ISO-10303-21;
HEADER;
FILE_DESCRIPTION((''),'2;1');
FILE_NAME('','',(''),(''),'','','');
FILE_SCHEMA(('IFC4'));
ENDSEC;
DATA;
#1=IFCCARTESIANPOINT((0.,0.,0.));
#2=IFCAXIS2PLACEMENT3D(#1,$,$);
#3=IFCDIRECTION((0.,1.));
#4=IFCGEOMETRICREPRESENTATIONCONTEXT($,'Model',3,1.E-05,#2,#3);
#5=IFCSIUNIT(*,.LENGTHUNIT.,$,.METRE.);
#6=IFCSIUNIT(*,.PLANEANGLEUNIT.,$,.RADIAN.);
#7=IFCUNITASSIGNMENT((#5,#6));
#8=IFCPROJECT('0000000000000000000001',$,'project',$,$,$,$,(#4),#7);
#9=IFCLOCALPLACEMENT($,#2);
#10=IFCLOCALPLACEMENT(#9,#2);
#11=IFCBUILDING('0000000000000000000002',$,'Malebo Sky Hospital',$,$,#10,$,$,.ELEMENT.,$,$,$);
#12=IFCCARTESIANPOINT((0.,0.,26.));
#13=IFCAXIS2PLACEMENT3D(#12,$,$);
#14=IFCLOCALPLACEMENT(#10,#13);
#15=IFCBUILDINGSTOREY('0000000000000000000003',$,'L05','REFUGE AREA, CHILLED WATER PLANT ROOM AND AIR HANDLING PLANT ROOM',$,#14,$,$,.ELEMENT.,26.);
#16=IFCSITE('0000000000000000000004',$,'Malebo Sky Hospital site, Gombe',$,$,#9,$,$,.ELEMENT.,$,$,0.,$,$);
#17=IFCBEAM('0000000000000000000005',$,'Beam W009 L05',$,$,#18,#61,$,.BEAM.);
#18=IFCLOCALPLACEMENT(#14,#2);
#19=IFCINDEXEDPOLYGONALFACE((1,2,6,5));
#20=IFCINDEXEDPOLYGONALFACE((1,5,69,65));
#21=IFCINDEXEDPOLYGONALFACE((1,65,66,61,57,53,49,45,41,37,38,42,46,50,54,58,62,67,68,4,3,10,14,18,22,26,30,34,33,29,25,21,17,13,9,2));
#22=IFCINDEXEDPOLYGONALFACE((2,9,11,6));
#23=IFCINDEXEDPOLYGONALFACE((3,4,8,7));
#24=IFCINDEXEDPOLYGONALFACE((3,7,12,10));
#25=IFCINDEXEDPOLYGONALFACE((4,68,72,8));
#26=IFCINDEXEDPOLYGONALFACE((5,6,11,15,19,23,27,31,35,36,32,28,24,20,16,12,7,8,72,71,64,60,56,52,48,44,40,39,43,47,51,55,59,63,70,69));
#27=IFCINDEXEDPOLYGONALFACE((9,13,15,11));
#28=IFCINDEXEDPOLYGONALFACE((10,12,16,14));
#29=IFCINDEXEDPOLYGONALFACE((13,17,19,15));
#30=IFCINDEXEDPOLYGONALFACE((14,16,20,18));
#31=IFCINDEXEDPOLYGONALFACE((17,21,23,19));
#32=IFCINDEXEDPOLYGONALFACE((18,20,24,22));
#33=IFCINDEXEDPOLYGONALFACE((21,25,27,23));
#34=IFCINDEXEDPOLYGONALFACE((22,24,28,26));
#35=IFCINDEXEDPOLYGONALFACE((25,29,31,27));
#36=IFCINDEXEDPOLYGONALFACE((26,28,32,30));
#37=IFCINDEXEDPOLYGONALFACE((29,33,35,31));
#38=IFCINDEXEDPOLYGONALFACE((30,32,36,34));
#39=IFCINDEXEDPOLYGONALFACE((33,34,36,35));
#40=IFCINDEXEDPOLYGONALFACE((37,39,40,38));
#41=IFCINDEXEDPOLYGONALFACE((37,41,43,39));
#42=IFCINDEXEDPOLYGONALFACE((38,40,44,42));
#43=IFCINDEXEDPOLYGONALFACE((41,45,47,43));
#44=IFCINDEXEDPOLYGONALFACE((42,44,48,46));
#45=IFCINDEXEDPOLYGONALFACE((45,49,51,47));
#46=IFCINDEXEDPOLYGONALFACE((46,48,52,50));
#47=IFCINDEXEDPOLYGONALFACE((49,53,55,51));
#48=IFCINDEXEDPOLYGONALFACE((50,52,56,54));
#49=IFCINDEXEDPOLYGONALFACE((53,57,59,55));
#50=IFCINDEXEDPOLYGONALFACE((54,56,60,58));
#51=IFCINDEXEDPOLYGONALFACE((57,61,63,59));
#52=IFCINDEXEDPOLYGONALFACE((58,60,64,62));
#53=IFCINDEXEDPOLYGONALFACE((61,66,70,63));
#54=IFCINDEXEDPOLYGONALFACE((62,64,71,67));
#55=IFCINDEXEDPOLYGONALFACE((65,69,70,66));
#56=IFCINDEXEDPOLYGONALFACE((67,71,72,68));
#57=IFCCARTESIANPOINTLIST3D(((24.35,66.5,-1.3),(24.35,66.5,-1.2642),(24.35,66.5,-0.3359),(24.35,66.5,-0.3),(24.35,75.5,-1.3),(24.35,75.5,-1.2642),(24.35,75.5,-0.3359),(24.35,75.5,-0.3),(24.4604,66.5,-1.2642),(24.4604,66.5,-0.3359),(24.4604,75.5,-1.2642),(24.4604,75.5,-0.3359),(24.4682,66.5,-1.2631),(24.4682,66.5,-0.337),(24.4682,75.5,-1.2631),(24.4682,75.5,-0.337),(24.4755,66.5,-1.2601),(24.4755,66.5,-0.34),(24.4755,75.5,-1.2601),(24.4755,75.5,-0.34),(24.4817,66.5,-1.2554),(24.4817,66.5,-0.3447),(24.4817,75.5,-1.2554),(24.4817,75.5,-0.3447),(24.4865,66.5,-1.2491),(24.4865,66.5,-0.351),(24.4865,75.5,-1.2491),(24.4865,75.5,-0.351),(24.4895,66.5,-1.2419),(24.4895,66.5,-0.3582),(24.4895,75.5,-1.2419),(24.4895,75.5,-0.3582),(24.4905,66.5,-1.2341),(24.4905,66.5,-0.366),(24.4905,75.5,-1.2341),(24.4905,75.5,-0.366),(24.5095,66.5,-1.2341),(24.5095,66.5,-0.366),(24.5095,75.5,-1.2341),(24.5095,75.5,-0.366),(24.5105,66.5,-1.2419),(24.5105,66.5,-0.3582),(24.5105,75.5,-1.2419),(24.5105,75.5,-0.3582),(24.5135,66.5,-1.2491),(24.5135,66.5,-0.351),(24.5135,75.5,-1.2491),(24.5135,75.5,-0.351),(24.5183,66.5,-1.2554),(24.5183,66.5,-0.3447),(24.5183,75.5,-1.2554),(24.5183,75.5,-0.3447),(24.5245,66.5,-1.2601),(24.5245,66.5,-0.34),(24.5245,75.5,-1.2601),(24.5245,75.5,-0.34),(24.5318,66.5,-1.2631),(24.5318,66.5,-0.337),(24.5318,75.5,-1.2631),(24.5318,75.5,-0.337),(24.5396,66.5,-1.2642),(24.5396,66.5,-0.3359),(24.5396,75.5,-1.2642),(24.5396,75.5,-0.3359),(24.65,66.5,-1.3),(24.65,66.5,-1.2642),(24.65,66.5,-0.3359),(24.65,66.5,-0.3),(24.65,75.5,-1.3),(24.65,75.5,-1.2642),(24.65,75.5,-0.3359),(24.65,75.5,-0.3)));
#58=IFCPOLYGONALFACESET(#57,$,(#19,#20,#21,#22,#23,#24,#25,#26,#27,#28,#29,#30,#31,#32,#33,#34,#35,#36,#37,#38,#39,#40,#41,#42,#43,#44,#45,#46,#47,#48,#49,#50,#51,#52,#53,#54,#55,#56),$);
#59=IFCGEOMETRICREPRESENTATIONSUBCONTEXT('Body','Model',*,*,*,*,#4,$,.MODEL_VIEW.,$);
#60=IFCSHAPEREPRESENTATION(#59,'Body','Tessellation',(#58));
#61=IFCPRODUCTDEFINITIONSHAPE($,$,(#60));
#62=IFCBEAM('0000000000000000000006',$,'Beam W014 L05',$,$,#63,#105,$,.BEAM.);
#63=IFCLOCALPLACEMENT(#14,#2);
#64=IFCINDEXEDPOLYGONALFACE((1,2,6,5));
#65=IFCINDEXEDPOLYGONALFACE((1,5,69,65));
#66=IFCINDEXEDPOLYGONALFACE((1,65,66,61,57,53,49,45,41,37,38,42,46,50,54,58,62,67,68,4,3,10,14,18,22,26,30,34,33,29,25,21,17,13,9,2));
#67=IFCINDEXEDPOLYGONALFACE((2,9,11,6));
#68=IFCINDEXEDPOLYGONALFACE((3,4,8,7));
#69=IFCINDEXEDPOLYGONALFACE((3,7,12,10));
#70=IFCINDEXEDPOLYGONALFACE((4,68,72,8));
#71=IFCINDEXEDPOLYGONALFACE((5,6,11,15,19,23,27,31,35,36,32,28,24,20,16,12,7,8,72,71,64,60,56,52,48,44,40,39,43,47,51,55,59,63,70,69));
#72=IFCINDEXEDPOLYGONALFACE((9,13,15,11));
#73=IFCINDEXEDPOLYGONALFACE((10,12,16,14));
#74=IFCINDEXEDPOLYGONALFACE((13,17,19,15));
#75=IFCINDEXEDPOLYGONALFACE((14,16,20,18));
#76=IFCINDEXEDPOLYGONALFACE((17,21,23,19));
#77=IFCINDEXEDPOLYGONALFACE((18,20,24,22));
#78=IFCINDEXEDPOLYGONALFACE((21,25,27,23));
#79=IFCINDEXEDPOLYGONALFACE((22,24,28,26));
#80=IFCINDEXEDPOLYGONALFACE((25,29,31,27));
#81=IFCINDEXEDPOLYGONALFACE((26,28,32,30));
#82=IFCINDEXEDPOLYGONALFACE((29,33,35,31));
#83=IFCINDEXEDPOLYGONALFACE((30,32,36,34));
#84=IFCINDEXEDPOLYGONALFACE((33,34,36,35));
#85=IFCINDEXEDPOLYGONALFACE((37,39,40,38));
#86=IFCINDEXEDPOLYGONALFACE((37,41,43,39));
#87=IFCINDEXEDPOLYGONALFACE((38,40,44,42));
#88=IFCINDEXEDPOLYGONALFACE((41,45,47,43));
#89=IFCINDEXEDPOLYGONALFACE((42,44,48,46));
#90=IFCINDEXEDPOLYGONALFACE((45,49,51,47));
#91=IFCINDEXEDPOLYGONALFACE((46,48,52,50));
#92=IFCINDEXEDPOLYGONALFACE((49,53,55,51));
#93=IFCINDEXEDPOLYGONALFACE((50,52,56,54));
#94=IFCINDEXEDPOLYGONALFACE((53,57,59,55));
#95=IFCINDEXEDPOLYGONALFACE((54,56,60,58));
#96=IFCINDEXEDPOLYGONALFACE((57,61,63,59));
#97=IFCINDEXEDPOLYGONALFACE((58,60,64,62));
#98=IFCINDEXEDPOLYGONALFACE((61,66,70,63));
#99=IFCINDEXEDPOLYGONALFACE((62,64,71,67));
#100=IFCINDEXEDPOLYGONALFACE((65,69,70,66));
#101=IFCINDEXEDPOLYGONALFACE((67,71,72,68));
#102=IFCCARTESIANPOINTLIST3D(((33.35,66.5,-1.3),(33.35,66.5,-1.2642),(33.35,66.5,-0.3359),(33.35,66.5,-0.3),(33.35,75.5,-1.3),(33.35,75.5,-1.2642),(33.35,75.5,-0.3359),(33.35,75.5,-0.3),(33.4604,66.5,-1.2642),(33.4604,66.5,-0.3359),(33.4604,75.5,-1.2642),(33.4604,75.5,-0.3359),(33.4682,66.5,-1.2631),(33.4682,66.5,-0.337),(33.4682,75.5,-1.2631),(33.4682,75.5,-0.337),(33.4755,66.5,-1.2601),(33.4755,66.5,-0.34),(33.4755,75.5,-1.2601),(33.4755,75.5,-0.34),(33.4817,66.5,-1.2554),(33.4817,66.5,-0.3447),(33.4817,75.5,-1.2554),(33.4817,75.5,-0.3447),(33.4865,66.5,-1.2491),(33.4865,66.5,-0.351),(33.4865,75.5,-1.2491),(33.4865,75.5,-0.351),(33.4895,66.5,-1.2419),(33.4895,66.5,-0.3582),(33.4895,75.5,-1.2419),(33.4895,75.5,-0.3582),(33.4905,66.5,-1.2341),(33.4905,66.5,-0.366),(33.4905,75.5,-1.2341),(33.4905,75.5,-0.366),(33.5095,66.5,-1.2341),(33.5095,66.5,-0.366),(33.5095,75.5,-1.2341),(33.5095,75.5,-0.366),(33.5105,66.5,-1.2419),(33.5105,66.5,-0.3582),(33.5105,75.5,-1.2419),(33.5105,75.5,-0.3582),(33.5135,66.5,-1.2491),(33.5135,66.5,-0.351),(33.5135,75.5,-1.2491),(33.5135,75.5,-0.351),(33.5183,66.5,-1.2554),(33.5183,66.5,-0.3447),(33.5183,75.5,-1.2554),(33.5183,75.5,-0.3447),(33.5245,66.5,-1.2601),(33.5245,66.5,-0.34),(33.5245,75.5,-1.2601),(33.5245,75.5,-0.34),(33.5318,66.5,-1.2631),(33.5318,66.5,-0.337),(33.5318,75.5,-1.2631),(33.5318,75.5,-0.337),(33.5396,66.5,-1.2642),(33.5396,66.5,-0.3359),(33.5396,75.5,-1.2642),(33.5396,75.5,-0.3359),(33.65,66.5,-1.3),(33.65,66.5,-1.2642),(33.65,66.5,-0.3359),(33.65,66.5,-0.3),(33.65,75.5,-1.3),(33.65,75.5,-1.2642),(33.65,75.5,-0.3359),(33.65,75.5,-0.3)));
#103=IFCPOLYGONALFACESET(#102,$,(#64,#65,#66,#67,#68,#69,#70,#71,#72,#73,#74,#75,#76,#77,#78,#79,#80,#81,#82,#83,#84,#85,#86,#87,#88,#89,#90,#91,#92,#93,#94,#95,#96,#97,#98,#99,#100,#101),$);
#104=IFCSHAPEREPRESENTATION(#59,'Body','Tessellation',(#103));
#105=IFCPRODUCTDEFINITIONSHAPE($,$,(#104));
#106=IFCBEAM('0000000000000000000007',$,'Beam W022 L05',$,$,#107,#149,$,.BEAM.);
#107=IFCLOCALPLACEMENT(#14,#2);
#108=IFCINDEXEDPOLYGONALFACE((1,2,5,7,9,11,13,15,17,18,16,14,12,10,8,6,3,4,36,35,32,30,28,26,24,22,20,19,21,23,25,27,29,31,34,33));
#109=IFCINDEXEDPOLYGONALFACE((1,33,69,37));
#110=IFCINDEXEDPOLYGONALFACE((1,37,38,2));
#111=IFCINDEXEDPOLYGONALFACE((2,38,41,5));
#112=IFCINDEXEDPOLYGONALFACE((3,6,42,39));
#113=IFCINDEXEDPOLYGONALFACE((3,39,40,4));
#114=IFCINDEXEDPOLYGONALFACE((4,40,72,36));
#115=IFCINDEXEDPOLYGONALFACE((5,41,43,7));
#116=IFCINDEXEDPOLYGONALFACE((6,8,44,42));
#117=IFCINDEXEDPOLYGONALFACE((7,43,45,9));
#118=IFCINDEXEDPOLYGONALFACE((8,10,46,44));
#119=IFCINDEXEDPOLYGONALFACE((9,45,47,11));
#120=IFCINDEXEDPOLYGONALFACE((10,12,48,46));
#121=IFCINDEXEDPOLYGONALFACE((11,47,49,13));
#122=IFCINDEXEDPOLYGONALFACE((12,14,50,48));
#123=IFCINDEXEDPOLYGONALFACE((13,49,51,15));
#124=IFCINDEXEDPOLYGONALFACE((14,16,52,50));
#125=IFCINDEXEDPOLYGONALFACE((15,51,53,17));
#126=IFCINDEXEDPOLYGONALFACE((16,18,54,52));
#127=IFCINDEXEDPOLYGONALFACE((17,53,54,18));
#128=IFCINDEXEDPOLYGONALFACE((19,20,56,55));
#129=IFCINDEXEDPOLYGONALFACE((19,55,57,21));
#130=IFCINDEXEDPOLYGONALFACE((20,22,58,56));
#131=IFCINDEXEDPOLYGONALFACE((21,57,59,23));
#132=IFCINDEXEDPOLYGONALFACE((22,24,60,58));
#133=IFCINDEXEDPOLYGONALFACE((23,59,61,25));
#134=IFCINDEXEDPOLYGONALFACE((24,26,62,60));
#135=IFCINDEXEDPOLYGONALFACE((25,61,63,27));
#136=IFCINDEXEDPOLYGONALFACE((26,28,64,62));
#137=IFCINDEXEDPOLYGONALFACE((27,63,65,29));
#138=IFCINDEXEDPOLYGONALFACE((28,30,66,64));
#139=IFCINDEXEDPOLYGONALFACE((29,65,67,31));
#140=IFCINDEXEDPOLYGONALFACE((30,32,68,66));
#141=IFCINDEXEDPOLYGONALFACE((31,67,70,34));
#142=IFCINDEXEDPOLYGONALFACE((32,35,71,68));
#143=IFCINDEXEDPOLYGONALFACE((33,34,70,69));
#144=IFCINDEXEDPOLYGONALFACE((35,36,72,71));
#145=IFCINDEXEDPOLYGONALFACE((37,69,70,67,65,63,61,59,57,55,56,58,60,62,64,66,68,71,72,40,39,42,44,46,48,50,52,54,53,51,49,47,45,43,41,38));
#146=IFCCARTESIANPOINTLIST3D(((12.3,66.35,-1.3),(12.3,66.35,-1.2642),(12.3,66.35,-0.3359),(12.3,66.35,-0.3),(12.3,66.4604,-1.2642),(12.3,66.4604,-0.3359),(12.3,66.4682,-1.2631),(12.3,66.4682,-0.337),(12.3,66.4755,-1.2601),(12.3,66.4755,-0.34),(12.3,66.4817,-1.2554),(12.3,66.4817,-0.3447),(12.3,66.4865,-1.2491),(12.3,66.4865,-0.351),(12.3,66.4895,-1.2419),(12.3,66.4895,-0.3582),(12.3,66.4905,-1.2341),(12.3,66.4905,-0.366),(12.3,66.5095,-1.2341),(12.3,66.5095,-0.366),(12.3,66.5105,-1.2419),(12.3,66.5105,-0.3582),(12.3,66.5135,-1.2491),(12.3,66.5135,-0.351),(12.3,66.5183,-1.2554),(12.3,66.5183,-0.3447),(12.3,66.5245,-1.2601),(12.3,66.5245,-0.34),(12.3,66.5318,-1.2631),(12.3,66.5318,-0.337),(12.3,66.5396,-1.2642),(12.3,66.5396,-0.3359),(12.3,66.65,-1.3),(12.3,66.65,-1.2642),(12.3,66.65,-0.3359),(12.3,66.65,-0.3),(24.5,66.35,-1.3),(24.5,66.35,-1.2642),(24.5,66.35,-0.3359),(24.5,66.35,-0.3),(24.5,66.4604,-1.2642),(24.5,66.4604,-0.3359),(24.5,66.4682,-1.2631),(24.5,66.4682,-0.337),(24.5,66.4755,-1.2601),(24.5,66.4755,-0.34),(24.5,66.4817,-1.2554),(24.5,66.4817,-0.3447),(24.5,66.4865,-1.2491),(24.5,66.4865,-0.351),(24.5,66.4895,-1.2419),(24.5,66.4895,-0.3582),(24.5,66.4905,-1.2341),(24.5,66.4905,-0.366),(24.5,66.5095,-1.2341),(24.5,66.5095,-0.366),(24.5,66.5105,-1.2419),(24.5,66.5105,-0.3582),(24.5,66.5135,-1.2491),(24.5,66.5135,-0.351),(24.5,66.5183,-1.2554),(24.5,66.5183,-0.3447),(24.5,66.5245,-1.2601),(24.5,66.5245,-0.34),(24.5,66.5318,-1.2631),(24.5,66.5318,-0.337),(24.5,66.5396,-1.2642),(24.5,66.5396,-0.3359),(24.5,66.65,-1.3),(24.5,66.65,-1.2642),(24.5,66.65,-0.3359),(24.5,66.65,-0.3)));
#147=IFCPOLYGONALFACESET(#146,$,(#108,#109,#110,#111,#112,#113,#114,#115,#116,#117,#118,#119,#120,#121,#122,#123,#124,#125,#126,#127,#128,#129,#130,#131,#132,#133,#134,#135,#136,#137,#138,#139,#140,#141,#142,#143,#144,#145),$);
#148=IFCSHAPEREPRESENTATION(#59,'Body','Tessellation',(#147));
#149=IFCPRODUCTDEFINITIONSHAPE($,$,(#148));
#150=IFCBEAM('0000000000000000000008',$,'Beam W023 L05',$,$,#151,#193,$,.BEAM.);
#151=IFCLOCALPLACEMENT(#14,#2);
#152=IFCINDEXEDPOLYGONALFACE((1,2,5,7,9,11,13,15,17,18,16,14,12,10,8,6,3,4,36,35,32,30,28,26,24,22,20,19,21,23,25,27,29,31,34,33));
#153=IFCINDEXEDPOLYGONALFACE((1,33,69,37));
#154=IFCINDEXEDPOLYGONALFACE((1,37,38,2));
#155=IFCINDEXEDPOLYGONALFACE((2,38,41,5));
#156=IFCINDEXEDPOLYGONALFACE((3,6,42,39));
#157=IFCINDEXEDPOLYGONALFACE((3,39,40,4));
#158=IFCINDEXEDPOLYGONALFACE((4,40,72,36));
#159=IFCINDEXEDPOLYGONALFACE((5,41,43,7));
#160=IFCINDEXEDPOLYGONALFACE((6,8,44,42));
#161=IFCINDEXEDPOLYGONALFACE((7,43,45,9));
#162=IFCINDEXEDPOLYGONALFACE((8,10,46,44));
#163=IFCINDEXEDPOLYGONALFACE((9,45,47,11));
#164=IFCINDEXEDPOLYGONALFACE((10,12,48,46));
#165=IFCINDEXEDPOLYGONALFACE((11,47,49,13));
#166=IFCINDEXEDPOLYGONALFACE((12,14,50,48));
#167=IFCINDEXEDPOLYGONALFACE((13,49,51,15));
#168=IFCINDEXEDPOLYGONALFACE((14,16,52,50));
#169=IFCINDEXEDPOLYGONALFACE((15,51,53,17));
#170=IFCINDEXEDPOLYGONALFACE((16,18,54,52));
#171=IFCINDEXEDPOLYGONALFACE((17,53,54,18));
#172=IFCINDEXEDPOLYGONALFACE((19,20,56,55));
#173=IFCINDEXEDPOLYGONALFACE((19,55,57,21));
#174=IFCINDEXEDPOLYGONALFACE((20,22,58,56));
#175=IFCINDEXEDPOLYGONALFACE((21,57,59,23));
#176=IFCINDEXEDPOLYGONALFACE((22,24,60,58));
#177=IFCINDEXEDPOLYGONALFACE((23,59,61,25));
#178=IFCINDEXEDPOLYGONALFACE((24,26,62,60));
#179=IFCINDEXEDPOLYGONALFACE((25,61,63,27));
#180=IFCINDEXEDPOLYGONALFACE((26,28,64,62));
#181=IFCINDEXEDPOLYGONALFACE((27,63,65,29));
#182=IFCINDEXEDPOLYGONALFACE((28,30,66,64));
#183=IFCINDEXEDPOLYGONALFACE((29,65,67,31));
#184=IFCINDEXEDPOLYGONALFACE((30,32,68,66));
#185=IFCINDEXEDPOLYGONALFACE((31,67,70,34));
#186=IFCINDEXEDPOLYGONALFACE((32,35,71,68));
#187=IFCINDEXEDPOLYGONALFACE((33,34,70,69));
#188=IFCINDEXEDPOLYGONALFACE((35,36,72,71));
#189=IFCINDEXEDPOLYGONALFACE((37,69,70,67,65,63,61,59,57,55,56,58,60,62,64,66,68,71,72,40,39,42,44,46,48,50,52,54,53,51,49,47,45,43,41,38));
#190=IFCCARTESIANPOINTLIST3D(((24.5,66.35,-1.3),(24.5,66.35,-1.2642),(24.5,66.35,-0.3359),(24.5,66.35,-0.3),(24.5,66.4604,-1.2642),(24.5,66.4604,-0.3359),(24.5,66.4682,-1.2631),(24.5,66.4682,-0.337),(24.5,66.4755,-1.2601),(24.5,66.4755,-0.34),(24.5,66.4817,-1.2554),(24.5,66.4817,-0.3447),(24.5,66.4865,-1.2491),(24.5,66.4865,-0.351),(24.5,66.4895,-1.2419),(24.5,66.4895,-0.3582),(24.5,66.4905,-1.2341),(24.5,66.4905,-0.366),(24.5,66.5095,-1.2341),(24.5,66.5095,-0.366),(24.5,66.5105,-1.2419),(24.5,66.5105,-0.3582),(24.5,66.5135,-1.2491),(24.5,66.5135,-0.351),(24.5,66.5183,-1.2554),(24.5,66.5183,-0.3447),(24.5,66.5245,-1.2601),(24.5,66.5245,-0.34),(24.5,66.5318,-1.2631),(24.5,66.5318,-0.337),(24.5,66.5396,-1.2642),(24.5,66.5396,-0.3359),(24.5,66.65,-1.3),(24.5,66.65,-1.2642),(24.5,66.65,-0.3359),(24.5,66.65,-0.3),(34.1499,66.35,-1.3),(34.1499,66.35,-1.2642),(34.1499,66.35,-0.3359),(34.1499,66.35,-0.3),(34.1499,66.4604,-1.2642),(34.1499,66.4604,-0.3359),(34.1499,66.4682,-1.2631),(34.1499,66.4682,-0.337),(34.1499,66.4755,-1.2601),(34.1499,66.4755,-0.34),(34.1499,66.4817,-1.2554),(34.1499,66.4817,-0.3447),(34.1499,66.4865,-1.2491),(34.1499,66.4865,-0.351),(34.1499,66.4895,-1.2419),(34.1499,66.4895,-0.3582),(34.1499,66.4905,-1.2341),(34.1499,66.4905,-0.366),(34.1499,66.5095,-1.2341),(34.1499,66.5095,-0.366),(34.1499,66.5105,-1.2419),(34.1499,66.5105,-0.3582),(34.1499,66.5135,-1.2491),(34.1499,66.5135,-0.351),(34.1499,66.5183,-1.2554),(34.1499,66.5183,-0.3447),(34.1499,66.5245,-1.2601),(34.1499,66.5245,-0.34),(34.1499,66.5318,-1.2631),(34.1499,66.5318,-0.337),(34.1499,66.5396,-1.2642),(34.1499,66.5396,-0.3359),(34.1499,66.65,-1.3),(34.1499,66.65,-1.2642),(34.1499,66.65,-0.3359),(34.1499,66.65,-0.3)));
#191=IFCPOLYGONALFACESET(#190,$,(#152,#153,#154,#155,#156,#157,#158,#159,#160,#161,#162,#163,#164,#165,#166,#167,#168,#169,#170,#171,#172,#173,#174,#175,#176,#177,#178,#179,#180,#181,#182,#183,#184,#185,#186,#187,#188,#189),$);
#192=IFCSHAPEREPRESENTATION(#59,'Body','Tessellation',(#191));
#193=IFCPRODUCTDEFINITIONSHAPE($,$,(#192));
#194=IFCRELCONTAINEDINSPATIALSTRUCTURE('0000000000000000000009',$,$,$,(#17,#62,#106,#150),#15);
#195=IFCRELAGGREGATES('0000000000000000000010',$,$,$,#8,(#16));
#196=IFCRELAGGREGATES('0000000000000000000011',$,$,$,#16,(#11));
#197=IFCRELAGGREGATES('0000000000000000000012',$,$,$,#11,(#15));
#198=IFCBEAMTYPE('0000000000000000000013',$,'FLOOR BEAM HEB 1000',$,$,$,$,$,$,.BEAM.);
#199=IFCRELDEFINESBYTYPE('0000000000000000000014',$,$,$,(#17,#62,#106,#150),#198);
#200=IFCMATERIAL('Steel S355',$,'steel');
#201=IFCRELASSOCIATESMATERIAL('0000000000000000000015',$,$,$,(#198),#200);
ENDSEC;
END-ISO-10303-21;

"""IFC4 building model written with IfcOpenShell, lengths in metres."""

from ifc_helpers import new_model, si_unit, direction, frame, origin, origin_2d, place, context, subcontext, project, spatial, i_section, extrude, material, material_profile, profile_set, type_object, element, save


model = new_model("IFC4")

# Units and contexts
model_context = context("Model", 3, precision=1e-05, world=origin(), true_north=direction((0.0, 1.0)))
body_context = subcontext(model_context, "Body", "Model", "MODEL_VIEW")
ifc_project = project(units=[si_unit("LENGTHUNIT", "METRE"), si_unit("PLANEANGLEUNIT", "RADIAN")], contexts=[model_context])

# Site, building, storey
site_placement = place(None, origin())
site = spatial("IfcSite", under=ifc_project, at=site_placement, Name="Malebo Sky Hospital site, Gombe", CompositionType="ELEMENT", RefElevation=0.0)
building_placement = place(site_placement, origin())
building = spatial("IfcBuilding", under=site, at=building_placement, Name="Malebo Sky Hospital", CompositionType="ELEMENT")
storey_placement = place(building_placement, frame((0.0, 0.0, 26.0)))
storey = spatial("IfcBuildingStorey", under=building, at=storey_placement, Name="L05", Description="REFUGE AREA, CHILLED WATER PLANT ROOM AND AIR HANDLING PLANT ROOM", CompositionType="ELEMENT", Elevation=26.0)

# Beams
ifc_material_1 = material(Name="Steel S355", Category="steel")
ifc_material_profile_1 = material_profile(ifc_material_1, i_section(OverallWidth=0.3, OverallDepth=1.0, WebThickness=0.019, FlangeThickness=0.0359, FilletRadius=0.03, at=origin_2d()), Name="HEB 1000")
ifc_profile_set_1 = profile_set([ifc_material_profile_1], Name="Steel S355")
beam_type_1 = type_object("IfcBeamType", Name="FLOOR BEAM HEB 1000", PredefinedType="BEAM", material=ifc_profile_set_1)
for number, where, z_axis, x_axis, name in (
    (1, (24.5, 66.5, -0.8), (0.0, 1.0, 0.0), (-1.0, 0.0, 0.0), "Beam W009 L05"),
    (2, (33.5, 66.5, -0.8), (0.0, 1.0, 0.0), (-1.0, 0.0, 0.0), "Beam W014 L05"),
):
    element("IfcBeam", number, at=place(storey_placement, frame(where, z_axis=z_axis, x_axis=x_axis)), inside=storey, type_object=beam_type_1, Name=name, PredefinedType="BEAM", context=body_context, shape_type="SweptSolid", body=[
        extrude(i_section(OverallWidth=0.3, OverallDepth=1.0, WebThickness=0.019, FlangeThickness=0.0359, FilletRadius=0.03, at=origin_2d()), origin(), (0.0, 0.0, 1.0), 9.0),
    ])
beam_1_placement = place(storey_placement, frame((12.3, 66.5, -0.8), z_axis=(1.0, 0.0, 0.0), x_axis=(0.0, 1.0, 0.0)))
element("IfcBeam", 3, at=beam_1_placement, inside=storey, type_object=beam_type_1, Name="Beam W022 L05", PredefinedType="BEAM", context=body_context, shape_type="SweptSolid", body=[
    extrude(i_section(OverallWidth=0.3, OverallDepth=1.0, WebThickness=0.019, FlangeThickness=0.0359, FilletRadius=0.03, at=origin_2d()), origin(), (0.0, 0.0, 1.0), 12.2),
])
beam_2_placement = place(storey_placement, frame((24.5, 66.5, -0.8), z_axis=(1.0, 0.0, 0.0), x_axis=(0.0, 1.0, 0.0)))
element("IfcBeam", 4, at=beam_2_placement, inside=storey, type_object=beam_type_1, Name="Beam W023 L05", PredefinedType="BEAM", context=body_context, shape_type="SweptSolid", body=[
    extrude(i_section(OverallWidth=0.3, OverallDepth=1.0, WebThickness=0.019, FlangeThickness=0.0359, FilletRadius=0.03, at=origin_2d()), origin(), (0.0, 0.0, 1.0), 9.6499),
])

save(model, "model.ifc")
